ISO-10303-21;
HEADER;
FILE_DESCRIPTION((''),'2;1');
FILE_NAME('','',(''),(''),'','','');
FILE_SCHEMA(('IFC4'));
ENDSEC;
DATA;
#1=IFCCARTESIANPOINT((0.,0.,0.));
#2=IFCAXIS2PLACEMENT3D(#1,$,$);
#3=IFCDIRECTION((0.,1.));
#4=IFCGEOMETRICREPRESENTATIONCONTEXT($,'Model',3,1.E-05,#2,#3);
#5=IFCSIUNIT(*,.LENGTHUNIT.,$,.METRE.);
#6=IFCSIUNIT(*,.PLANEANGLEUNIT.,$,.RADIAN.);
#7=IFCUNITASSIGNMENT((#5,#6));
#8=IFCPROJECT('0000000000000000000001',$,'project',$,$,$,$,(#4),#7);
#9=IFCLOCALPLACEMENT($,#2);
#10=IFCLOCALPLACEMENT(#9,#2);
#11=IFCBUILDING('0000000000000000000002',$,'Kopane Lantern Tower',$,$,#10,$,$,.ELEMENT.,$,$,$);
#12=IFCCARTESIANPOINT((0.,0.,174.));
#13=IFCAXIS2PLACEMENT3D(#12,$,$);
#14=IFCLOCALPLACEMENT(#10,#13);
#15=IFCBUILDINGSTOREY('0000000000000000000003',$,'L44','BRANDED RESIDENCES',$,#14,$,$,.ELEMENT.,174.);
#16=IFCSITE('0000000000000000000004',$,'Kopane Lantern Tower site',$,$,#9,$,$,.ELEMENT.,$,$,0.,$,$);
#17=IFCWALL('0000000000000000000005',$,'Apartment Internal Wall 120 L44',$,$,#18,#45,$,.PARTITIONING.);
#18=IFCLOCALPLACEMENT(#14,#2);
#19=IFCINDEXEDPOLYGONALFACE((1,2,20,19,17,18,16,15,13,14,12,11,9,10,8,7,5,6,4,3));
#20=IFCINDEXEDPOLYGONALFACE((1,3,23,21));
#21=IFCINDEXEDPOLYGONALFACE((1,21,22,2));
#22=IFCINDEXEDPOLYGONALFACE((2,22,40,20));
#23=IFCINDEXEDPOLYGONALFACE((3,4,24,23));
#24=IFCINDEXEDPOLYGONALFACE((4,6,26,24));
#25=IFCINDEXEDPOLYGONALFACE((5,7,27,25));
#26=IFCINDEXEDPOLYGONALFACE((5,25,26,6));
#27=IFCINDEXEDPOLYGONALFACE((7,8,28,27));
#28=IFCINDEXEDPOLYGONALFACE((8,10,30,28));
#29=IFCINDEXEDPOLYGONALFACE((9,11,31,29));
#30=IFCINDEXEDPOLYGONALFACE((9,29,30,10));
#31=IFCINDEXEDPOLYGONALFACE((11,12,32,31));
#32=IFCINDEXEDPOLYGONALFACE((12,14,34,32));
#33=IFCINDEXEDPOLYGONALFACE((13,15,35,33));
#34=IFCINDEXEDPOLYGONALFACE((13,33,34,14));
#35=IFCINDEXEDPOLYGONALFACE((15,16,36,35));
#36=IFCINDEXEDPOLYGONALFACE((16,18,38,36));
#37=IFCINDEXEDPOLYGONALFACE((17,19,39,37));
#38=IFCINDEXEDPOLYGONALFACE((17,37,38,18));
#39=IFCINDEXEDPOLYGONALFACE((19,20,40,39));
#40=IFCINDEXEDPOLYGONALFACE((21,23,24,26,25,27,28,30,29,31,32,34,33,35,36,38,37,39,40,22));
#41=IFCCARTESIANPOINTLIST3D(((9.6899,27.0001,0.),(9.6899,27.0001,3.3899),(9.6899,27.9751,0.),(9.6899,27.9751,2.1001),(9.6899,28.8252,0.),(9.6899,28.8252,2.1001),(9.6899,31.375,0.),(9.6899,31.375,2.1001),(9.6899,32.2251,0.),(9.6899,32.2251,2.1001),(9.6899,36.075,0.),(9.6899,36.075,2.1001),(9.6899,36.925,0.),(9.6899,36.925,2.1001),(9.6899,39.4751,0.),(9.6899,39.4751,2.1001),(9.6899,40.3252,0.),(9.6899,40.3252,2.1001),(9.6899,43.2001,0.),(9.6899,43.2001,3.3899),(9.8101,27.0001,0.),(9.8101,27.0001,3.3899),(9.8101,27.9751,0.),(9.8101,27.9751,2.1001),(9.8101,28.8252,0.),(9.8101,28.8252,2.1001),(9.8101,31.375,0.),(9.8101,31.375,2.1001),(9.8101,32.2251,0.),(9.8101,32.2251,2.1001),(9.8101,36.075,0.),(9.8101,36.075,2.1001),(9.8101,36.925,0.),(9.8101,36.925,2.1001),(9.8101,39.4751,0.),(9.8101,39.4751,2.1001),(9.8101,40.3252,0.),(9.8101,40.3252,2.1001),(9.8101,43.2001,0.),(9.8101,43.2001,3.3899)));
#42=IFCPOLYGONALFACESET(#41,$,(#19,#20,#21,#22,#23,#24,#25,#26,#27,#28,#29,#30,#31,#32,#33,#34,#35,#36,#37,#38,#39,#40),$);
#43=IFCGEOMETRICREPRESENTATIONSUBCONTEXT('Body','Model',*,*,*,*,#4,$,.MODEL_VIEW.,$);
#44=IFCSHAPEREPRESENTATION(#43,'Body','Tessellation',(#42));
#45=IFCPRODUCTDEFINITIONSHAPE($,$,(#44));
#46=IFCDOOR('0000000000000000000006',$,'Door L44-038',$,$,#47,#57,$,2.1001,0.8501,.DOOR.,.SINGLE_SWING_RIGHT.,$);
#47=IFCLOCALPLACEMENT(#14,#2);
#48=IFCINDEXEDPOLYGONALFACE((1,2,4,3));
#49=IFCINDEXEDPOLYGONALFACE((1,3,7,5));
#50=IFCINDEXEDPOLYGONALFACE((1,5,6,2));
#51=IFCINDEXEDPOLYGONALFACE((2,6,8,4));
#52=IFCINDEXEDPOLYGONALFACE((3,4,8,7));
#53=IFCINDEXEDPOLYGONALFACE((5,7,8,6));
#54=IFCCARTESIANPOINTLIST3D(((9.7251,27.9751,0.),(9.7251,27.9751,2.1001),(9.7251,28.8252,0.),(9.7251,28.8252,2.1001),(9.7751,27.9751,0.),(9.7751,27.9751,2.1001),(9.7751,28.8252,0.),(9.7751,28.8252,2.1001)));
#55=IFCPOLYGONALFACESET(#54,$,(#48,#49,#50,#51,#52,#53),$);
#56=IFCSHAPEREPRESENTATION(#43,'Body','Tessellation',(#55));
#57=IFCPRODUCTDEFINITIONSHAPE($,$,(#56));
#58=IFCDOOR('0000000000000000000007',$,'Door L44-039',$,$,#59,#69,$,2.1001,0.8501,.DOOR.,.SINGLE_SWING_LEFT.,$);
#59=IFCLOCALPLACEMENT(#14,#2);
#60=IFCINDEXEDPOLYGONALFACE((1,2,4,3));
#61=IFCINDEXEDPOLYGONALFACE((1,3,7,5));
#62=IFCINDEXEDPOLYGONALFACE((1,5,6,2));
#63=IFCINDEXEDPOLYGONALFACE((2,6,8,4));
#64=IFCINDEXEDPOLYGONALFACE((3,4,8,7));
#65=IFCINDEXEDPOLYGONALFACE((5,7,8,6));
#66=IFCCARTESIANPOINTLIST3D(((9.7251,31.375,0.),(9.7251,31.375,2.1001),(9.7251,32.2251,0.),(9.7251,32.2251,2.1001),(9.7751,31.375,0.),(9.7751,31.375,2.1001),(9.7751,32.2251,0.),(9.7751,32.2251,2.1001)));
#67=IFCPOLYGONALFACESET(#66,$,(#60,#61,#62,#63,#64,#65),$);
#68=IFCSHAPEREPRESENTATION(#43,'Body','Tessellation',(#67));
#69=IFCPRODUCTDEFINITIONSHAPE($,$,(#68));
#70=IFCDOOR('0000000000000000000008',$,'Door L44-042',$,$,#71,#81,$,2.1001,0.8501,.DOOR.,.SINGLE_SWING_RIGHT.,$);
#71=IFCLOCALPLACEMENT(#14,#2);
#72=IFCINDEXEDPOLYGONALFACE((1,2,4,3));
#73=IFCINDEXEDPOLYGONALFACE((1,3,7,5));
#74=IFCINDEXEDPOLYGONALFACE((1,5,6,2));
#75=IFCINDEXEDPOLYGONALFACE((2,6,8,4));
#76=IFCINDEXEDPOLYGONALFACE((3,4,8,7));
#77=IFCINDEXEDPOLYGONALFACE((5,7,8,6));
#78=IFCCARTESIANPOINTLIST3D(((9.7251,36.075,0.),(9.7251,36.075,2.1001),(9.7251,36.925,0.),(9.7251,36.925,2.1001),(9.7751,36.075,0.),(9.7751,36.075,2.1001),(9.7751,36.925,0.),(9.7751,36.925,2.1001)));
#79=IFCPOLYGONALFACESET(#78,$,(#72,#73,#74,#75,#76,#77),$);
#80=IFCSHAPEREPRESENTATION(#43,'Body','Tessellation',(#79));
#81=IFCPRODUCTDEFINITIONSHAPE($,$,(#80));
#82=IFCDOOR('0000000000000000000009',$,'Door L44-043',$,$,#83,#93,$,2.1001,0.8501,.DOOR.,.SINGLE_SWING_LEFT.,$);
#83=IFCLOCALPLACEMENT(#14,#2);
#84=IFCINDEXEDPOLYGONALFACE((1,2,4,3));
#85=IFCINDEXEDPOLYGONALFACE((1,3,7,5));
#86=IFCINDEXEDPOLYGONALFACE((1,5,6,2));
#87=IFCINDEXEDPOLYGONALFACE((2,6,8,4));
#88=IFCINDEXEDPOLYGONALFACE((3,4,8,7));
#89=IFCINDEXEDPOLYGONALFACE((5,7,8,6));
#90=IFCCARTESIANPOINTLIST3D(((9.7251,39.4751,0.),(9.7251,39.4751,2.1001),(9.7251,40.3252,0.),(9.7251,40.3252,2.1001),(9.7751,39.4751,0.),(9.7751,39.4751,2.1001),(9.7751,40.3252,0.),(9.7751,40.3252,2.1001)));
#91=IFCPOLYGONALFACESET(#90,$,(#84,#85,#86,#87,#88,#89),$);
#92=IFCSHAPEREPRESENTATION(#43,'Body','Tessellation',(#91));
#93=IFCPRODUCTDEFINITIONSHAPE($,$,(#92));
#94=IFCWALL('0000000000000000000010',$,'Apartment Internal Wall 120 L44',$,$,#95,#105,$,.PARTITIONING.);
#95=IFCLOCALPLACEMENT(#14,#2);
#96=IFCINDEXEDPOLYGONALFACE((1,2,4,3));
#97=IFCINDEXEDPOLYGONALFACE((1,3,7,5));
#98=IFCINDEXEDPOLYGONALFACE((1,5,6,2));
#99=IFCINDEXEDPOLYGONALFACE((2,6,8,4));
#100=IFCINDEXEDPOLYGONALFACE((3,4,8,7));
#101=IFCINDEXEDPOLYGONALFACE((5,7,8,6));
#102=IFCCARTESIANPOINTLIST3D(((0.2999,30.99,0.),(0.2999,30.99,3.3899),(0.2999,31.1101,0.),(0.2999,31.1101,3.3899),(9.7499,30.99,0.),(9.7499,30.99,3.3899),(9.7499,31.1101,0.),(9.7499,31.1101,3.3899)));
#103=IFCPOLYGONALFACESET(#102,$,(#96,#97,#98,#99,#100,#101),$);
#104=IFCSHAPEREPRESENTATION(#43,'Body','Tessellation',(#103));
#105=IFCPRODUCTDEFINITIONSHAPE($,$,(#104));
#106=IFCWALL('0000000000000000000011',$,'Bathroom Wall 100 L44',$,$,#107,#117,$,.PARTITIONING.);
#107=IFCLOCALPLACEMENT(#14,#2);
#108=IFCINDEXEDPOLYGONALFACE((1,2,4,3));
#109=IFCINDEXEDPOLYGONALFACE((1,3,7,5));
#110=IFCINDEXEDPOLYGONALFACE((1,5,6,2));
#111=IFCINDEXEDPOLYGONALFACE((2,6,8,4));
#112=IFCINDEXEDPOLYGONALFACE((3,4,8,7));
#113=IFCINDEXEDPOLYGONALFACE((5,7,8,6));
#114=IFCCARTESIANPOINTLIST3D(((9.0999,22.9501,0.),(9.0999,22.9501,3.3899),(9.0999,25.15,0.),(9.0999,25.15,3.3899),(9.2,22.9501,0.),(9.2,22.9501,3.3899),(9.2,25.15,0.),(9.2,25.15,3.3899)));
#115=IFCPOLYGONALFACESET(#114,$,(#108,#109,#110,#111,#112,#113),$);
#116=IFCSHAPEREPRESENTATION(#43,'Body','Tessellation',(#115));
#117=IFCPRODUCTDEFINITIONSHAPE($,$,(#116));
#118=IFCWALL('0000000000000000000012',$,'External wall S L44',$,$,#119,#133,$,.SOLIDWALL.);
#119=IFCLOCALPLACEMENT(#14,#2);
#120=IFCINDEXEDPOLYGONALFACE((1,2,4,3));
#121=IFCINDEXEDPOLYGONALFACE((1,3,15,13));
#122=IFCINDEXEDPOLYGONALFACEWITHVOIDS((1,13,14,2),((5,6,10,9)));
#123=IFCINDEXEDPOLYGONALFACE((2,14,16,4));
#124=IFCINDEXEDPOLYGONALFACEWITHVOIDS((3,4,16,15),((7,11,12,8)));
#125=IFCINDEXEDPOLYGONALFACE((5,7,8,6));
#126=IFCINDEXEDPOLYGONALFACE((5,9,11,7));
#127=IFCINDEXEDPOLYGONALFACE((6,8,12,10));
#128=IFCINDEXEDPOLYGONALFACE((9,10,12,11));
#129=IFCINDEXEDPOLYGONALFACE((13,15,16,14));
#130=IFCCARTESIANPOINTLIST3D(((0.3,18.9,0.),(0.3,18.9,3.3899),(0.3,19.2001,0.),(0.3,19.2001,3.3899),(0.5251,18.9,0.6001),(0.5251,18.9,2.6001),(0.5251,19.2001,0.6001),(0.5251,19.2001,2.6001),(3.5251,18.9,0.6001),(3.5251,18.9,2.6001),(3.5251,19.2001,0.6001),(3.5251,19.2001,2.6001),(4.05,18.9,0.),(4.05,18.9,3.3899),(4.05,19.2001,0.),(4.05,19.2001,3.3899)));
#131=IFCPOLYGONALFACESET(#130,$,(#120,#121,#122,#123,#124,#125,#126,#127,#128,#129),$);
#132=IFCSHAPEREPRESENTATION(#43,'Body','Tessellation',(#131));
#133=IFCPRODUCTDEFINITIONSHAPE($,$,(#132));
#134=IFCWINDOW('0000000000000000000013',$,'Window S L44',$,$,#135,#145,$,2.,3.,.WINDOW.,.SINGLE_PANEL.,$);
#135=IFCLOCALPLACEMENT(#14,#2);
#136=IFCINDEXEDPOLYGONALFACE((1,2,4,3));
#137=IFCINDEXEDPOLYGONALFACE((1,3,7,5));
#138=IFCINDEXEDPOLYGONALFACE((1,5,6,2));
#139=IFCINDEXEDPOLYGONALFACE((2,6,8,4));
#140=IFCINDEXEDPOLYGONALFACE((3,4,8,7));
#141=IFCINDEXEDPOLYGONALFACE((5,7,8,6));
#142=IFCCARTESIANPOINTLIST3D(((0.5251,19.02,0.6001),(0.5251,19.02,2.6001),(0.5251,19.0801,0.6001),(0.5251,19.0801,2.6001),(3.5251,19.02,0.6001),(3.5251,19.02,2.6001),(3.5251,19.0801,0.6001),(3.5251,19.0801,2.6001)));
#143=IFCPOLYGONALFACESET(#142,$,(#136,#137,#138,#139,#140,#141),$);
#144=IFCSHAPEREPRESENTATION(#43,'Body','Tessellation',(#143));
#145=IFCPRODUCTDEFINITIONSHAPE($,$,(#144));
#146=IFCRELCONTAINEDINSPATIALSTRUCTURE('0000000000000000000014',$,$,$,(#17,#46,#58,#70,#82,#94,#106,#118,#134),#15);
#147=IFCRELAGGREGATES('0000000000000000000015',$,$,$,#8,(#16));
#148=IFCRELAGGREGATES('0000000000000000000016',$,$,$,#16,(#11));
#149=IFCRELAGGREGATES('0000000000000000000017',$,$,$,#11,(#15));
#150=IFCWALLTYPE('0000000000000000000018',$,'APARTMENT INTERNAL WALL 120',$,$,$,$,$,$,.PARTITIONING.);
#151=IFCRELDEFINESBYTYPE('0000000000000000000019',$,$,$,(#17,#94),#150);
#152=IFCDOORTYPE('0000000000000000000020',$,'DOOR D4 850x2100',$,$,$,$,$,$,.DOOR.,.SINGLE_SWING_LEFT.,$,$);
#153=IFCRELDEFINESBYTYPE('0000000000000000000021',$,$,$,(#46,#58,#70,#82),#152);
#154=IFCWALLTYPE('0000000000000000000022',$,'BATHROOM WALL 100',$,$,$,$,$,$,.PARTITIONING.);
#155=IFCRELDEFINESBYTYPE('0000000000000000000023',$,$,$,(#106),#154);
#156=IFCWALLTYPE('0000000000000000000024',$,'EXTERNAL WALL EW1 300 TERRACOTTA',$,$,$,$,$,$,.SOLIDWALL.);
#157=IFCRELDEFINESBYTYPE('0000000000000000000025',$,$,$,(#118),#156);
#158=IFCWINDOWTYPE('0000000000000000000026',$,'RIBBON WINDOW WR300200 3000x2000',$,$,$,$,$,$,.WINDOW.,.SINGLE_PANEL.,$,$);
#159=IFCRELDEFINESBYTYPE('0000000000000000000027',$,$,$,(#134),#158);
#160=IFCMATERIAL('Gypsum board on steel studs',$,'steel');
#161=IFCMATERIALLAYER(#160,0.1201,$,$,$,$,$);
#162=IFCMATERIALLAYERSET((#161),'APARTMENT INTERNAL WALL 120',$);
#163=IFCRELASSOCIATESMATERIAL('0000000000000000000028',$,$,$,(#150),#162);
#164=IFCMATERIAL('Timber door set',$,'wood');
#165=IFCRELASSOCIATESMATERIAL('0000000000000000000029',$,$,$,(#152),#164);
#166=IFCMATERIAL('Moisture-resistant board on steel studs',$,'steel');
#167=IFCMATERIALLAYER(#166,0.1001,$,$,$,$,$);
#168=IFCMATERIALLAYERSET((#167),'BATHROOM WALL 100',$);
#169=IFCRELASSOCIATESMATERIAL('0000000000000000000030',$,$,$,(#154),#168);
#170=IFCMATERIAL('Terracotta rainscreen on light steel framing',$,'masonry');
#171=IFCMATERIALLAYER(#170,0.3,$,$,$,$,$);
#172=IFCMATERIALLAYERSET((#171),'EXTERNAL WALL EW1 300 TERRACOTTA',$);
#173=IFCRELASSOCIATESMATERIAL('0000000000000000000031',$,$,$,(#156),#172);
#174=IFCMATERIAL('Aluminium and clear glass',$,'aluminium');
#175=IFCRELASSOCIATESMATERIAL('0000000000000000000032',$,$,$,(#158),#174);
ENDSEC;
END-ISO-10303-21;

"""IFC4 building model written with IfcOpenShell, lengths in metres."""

from ifc_helpers import new_model, si_unit, direction, frame, frame_2d, origin, place, context, subcontext, project, spatial, rectangle, extrude, material, layer, layer_set, type_object, element, fill, save


model = new_model("IFC4")

# Units and contexts
model_context = context("Model", 3, precision=1e-05, world=origin(), true_north=direction((0.0, 1.0)))
body_context = subcontext(model_context, "Body", "Model", "MODEL_VIEW")
ifc_project = project(units=[si_unit("LENGTHUNIT", "METRE"), si_unit("PLANEANGLEUNIT", "RADIAN")], contexts=[model_context])

# Site, building, storey
site_placement = place(None, origin())
site = spatial("IfcSite", under=ifc_project, at=site_placement, Name="Kopane Lantern Tower site", CompositionType="ELEMENT", RefElevation=0.0)
building_placement = place(site_placement, origin())
building = spatial("IfcBuilding", under=site, at=building_placement, Name="Kopane Lantern Tower", CompositionType="ELEMENT")
storey_placement = place(building_placement, frame((0.0, 0.0, 174.0)))
storey = spatial("IfcBuildingStorey", under=building, at=storey_placement, Name="L44", Description="BRANDED RESIDENCES", CompositionType="ELEMENT", Elevation=174.0)

# Wall, openings, doors
ifc_material_1 = material(Name="Gypsum board on steel studs", Category="steel")
ifc_layer_1 = layer(ifc_material_1, 0.1201)
ifc_layer_set_1 = layer_set([ifc_layer_1], Name="APARTMENT INTERNAL WALL 120")
wall_type_1 = type_object("IfcWallType", Name="APARTMENT INTERNAL WALL 120", PredefinedType="PARTITIONING", material=ifc_layer_set_1)
wall_1_placement = place(storey_placement, frame((9.75, 27.0, 0.0), z_axis=(0.0, 0.0, 1.0), x_axis=(0.0, 1.0, 0.0)))
wall_1 = element("IfcWall", 1, at=wall_1_placement, inside=storey, type_object=wall_type_1, Name="Apartment Internal Wall 120 L44", PredefinedType="PARTITIONING", context=body_context, shape_type="SweptSolid", body=[
    extrude(rectangle(XDim=16.2, YDim=0.1201, at=frame_2d((8.1001, 0.0))), origin(), (0.0, 0.0, 1.0), 3.3899),
])
opening_1_placement = place(wall_1_placement, frame((0.9751, 0.0, 0.0)))
opening_1 = element("IfcOpeningElement", 2, at=opening_1_placement, cuts=wall_1, PredefinedType="OPENING", context=body_context, shape_type="SweptSolid", body=[
    extrude(rectangle(XDim=0.8501, YDim=2.1001, at=frame_2d((0.425, 1.05))), frame((0.0, 0.0701, 0.0), z_axis=(0.0, -1.0, 0.0), x_axis=(1.0, 0.0, 0.0)), (0.0, 0.0, 1.0), 0.1401),
])
opening_2_placement = place(wall_1_placement, frame((4.375, 0.0, 0.0)))
opening_2 = element("IfcOpeningElement", 3, at=opening_2_placement, cuts=wall_1, PredefinedType="OPENING", context=body_context, shape_type="SweptSolid", body=[
    extrude(rectangle(XDim=0.8501, YDim=2.1001, at=frame_2d((0.425, 1.05))), frame((0.0, 0.0701, 0.0), z_axis=(0.0, -1.0, 0.0), x_axis=(1.0, 0.0, 0.0)), (0.0, 0.0, 1.0), 0.1401),
])
opening_3_placement = place(wall_1_placement, frame((9.075, 0.0, 0.0)))
opening_3 = element("IfcOpeningElement", 4, at=opening_3_placement, cuts=wall_1, PredefinedType="OPENING", context=body_context, shape_type="SweptSolid", body=[
    extrude(rectangle(XDim=0.8501, YDim=2.1001, at=frame_2d((0.425, 1.05))), frame((0.0, 0.0701, 0.0), z_axis=(0.0, -1.0, 0.0), x_axis=(1.0, 0.0, 0.0)), (0.0, 0.0, 1.0), 0.1401),
])
opening_4_placement = place(wall_1_placement, frame((12.4751, 0.0, 0.0)))
opening_4 = element("IfcOpeningElement", 5, at=opening_4_placement, cuts=wall_1, PredefinedType="OPENING", context=body_context, shape_type="SweptSolid", body=[
    extrude(rectangle(XDim=0.8501, YDim=2.1001, at=frame_2d((0.425, 1.05))), frame((0.0, 0.0701, 0.0), z_axis=(0.0, -1.0, 0.0), x_axis=(1.0, 0.0, 0.0)), (0.0, 0.0, 1.0), 0.1401),
])
ifc_material_2 = material(Name="Timber door set", Category="wood")
door_type = type_object("IfcDoorType", Name="DOOR D4 850x2100", OperationType="SINGLE_SWING_LEFT", PredefinedType="DOOR", material=ifc_material_2)
door_1_placement = place(opening_1_placement, origin())
door_1 = element("IfcDoor", 6, at=door_1_placement, inside=storey, type_object=door_type, Name="Door L44-038", OperationType="SINGLE_SWING_RIGHT", OverallHeight=2.1001, OverallWidth=0.8501, PredefinedType="DOOR", context=body_context, shape_type="SweptSolid", body=[
    extrude(rectangle(XDim=0.8501, YDim=2.1001, at=frame_2d((0.425, 1.05))), frame((0.0, 0.0249, 0.0), z_axis=(0.0, -1.0, 0.0), x_axis=(1.0, 0.0, 0.0)), (0.0, 0.0, 1.0), 0.05),
])
fill(opening_1, door_1)
door_2_placement = place(opening_2_placement, origin())
door_2 = element("IfcDoor", 7, at=door_2_placement, inside=storey, type_object=door_type, Name="Door L44-039", OperationType="SINGLE_SWING_LEFT", OverallHeight=2.1001, OverallWidth=0.8501, PredefinedType="DOOR", context=body_context, shape_type="SweptSolid", body=[
    extrude(rectangle(XDim=0.8501, YDim=2.1001, at=frame_2d((0.425, 1.05))), frame((0.0, 0.0249, 0.0), z_axis=(0.0, -1.0, 0.0), x_axis=(1.0, 0.0, 0.0)), (0.0, 0.0, 1.0), 0.05),
])
fill(opening_2, door_2)
door_3_placement = place(opening_3_placement, origin())
door_3 = element("IfcDoor", 8, at=door_3_placement, inside=storey, type_object=door_type, Name="Door L44-042", OperationType="SINGLE_SWING_RIGHT", OverallHeight=2.1001, OverallWidth=0.8501, PredefinedType="DOOR", context=body_context, shape_type="SweptSolid", body=[
    extrude(rectangle(XDim=0.8501, YDim=2.1001, at=frame_2d((0.425, 1.05))), frame((0.0, 0.0249, 0.0), z_axis=(0.0, -1.0, 0.0), x_axis=(1.0, 0.0, 0.0)), (0.0, 0.0, 1.0), 0.05),
])
fill(opening_3, door_3)
door_4_placement = place(opening_4_placement, origin())
door_4 = element("IfcDoor", 9, at=door_4_placement, inside=storey, type_object=door_type, Name="Door L44-043", OperationType="SINGLE_SWING_LEFT", OverallHeight=2.1001, OverallWidth=0.8501, PredefinedType="DOOR", context=body_context, shape_type="SweptSolid", body=[
    extrude(rectangle(XDim=0.8501, YDim=2.1001, at=frame_2d((0.425, 1.05))), frame((0.0, 0.0249, 0.0), z_axis=(0.0, -1.0, 0.0), x_axis=(1.0, 0.0, 0.0)), (0.0, 0.0, 1.0), 0.05),
])
fill(opening_4, door_4)

# Walls
wall_2_placement = place(storey_placement, frame((9.75, 31.05, 0.0), z_axis=(0.0, 0.0, 1.0), x_axis=(-1.0, 0.0, 0.0)))
element("IfcWall", 10, at=wall_2_placement, inside=storey, type_object=wall_type_1, Name="Apartment Internal Wall 120 L44", PredefinedType="PARTITIONING", context=body_context, shape_type="SweptSolid", body=[
    extrude(rectangle(XDim=9.45, YDim=0.1201, at=frame_2d((4.7251, 0.0))), origin(), (0.0, 0.0, 1.0), 3.3899),
])
ifc_material_3 = material(Name="Moisture-resistant board on steel studs", Category="steel")
ifc_layer_2 = layer(ifc_material_3, 0.1001)
ifc_layer_set_2 = layer_set([ifc_layer_2], Name="BATHROOM WALL 100")
wall_type_2 = type_object("IfcWallType", Name="BATHROOM WALL 100", PredefinedType="PARTITIONING", material=ifc_layer_set_2)
wall_3_placement = place(storey_placement, frame((9.1499, 22.95, 0.0), z_axis=(0.0, 0.0, 1.0), x_axis=(0.0, 1.0, 0.0)))
element("IfcWall", 11, at=wall_3_placement, inside=storey, type_object=wall_type_2, Name="Bathroom Wall 100 L44", PredefinedType="PARTITIONING", context=body_context, shape_type="SweptSolid", body=[
    extrude(rectangle(XDim=2.2, YDim=0.1001, at=frame_2d((1.1001, 0.0))), origin(), (0.0, 0.0, 1.0), 3.3899),
])

# Wall, opening, window
ifc_material_4 = material(Name="Terracotta rainscreen on light steel framing", Category="masonry")
ifc_layer_3 = layer(ifc_material_4, 0.3)
ifc_layer_set_3 = layer_set([ifc_layer_3], Name="EXTERNAL WALL EW1 300 TERRACOTTA")
wall_type_3 = type_object("IfcWallType", Name="EXTERNAL WALL EW1 300 TERRACOTTA", PredefinedType="SOLIDWALL", material=ifc_layer_set_3)
wall_4_placement = place(storey_placement, frame((0.3, 19.05, 0.0), z_axis=(0.0, 0.0, 1.0), x_axis=(1.0, 0.0, 0.0)))
wall_4 = element("IfcWall", 12, at=wall_4_placement, inside=storey, type_object=wall_type_3, Name="External wall S L44", PredefinedType="SOLIDWALL", context=body_context, shape_type="SweptSolid", body=[
    extrude(rectangle(XDim=3.75, YDim=0.3, at=frame_2d((1.875, 0.0))), origin(), (0.0, 0.0, 1.0), 3.3899),
])
opening_5_placement = place(wall_4_placement, frame((0.2251, 0.0, 0.6001)))
opening_5 = element("IfcOpeningElement", 13, at=opening_5_placement, cuts=wall_4, PredefinedType="OPENING", context=body_context, shape_type="SweptSolid", body=[
    extrude(rectangle(XDim=3.0, YDim=2.0, at=frame_2d((1.5, 1.0))), frame((0.0, 0.1599, 0.0), z_axis=(0.0, -1.0, 0.0), x_axis=(1.0, 0.0, 0.0)), (0.0, 0.0, 1.0), 0.3201),
])
ifc_material_5 = material(Name="Aluminium and clear glass", Category="aluminium")
window_type = type_object("IfcWindowType", Name="RIBBON WINDOW WR300200 3000x2000", PartitioningType="SINGLE_PANEL", PredefinedType="WINDOW", material=ifc_material_5)
window_1_placement = place(opening_5_placement, origin())
window_1 = element("IfcWindow", 14, at=window_1_placement, inside=storey, type_object=window_type, Name="Window S L44", OverallHeight=2.0, OverallWidth=3.0, PartitioningType="SINGLE_PANEL", PredefinedType="WINDOW", context=body_context, shape_type="SweptSolid", body=[
    extrude(rectangle(XDim=3.0, YDim=2.0, at=frame_2d((1.5, 1.0))), frame((0.0, 0.03, 0.0), z_axis=(0.0, -1.0, 0.0), x_axis=(1.0, 0.0, 0.0)), (0.0, 0.0, 1.0), 0.0601),
])
fill(opening_5, window_1)

save(model, "model.ifc")
